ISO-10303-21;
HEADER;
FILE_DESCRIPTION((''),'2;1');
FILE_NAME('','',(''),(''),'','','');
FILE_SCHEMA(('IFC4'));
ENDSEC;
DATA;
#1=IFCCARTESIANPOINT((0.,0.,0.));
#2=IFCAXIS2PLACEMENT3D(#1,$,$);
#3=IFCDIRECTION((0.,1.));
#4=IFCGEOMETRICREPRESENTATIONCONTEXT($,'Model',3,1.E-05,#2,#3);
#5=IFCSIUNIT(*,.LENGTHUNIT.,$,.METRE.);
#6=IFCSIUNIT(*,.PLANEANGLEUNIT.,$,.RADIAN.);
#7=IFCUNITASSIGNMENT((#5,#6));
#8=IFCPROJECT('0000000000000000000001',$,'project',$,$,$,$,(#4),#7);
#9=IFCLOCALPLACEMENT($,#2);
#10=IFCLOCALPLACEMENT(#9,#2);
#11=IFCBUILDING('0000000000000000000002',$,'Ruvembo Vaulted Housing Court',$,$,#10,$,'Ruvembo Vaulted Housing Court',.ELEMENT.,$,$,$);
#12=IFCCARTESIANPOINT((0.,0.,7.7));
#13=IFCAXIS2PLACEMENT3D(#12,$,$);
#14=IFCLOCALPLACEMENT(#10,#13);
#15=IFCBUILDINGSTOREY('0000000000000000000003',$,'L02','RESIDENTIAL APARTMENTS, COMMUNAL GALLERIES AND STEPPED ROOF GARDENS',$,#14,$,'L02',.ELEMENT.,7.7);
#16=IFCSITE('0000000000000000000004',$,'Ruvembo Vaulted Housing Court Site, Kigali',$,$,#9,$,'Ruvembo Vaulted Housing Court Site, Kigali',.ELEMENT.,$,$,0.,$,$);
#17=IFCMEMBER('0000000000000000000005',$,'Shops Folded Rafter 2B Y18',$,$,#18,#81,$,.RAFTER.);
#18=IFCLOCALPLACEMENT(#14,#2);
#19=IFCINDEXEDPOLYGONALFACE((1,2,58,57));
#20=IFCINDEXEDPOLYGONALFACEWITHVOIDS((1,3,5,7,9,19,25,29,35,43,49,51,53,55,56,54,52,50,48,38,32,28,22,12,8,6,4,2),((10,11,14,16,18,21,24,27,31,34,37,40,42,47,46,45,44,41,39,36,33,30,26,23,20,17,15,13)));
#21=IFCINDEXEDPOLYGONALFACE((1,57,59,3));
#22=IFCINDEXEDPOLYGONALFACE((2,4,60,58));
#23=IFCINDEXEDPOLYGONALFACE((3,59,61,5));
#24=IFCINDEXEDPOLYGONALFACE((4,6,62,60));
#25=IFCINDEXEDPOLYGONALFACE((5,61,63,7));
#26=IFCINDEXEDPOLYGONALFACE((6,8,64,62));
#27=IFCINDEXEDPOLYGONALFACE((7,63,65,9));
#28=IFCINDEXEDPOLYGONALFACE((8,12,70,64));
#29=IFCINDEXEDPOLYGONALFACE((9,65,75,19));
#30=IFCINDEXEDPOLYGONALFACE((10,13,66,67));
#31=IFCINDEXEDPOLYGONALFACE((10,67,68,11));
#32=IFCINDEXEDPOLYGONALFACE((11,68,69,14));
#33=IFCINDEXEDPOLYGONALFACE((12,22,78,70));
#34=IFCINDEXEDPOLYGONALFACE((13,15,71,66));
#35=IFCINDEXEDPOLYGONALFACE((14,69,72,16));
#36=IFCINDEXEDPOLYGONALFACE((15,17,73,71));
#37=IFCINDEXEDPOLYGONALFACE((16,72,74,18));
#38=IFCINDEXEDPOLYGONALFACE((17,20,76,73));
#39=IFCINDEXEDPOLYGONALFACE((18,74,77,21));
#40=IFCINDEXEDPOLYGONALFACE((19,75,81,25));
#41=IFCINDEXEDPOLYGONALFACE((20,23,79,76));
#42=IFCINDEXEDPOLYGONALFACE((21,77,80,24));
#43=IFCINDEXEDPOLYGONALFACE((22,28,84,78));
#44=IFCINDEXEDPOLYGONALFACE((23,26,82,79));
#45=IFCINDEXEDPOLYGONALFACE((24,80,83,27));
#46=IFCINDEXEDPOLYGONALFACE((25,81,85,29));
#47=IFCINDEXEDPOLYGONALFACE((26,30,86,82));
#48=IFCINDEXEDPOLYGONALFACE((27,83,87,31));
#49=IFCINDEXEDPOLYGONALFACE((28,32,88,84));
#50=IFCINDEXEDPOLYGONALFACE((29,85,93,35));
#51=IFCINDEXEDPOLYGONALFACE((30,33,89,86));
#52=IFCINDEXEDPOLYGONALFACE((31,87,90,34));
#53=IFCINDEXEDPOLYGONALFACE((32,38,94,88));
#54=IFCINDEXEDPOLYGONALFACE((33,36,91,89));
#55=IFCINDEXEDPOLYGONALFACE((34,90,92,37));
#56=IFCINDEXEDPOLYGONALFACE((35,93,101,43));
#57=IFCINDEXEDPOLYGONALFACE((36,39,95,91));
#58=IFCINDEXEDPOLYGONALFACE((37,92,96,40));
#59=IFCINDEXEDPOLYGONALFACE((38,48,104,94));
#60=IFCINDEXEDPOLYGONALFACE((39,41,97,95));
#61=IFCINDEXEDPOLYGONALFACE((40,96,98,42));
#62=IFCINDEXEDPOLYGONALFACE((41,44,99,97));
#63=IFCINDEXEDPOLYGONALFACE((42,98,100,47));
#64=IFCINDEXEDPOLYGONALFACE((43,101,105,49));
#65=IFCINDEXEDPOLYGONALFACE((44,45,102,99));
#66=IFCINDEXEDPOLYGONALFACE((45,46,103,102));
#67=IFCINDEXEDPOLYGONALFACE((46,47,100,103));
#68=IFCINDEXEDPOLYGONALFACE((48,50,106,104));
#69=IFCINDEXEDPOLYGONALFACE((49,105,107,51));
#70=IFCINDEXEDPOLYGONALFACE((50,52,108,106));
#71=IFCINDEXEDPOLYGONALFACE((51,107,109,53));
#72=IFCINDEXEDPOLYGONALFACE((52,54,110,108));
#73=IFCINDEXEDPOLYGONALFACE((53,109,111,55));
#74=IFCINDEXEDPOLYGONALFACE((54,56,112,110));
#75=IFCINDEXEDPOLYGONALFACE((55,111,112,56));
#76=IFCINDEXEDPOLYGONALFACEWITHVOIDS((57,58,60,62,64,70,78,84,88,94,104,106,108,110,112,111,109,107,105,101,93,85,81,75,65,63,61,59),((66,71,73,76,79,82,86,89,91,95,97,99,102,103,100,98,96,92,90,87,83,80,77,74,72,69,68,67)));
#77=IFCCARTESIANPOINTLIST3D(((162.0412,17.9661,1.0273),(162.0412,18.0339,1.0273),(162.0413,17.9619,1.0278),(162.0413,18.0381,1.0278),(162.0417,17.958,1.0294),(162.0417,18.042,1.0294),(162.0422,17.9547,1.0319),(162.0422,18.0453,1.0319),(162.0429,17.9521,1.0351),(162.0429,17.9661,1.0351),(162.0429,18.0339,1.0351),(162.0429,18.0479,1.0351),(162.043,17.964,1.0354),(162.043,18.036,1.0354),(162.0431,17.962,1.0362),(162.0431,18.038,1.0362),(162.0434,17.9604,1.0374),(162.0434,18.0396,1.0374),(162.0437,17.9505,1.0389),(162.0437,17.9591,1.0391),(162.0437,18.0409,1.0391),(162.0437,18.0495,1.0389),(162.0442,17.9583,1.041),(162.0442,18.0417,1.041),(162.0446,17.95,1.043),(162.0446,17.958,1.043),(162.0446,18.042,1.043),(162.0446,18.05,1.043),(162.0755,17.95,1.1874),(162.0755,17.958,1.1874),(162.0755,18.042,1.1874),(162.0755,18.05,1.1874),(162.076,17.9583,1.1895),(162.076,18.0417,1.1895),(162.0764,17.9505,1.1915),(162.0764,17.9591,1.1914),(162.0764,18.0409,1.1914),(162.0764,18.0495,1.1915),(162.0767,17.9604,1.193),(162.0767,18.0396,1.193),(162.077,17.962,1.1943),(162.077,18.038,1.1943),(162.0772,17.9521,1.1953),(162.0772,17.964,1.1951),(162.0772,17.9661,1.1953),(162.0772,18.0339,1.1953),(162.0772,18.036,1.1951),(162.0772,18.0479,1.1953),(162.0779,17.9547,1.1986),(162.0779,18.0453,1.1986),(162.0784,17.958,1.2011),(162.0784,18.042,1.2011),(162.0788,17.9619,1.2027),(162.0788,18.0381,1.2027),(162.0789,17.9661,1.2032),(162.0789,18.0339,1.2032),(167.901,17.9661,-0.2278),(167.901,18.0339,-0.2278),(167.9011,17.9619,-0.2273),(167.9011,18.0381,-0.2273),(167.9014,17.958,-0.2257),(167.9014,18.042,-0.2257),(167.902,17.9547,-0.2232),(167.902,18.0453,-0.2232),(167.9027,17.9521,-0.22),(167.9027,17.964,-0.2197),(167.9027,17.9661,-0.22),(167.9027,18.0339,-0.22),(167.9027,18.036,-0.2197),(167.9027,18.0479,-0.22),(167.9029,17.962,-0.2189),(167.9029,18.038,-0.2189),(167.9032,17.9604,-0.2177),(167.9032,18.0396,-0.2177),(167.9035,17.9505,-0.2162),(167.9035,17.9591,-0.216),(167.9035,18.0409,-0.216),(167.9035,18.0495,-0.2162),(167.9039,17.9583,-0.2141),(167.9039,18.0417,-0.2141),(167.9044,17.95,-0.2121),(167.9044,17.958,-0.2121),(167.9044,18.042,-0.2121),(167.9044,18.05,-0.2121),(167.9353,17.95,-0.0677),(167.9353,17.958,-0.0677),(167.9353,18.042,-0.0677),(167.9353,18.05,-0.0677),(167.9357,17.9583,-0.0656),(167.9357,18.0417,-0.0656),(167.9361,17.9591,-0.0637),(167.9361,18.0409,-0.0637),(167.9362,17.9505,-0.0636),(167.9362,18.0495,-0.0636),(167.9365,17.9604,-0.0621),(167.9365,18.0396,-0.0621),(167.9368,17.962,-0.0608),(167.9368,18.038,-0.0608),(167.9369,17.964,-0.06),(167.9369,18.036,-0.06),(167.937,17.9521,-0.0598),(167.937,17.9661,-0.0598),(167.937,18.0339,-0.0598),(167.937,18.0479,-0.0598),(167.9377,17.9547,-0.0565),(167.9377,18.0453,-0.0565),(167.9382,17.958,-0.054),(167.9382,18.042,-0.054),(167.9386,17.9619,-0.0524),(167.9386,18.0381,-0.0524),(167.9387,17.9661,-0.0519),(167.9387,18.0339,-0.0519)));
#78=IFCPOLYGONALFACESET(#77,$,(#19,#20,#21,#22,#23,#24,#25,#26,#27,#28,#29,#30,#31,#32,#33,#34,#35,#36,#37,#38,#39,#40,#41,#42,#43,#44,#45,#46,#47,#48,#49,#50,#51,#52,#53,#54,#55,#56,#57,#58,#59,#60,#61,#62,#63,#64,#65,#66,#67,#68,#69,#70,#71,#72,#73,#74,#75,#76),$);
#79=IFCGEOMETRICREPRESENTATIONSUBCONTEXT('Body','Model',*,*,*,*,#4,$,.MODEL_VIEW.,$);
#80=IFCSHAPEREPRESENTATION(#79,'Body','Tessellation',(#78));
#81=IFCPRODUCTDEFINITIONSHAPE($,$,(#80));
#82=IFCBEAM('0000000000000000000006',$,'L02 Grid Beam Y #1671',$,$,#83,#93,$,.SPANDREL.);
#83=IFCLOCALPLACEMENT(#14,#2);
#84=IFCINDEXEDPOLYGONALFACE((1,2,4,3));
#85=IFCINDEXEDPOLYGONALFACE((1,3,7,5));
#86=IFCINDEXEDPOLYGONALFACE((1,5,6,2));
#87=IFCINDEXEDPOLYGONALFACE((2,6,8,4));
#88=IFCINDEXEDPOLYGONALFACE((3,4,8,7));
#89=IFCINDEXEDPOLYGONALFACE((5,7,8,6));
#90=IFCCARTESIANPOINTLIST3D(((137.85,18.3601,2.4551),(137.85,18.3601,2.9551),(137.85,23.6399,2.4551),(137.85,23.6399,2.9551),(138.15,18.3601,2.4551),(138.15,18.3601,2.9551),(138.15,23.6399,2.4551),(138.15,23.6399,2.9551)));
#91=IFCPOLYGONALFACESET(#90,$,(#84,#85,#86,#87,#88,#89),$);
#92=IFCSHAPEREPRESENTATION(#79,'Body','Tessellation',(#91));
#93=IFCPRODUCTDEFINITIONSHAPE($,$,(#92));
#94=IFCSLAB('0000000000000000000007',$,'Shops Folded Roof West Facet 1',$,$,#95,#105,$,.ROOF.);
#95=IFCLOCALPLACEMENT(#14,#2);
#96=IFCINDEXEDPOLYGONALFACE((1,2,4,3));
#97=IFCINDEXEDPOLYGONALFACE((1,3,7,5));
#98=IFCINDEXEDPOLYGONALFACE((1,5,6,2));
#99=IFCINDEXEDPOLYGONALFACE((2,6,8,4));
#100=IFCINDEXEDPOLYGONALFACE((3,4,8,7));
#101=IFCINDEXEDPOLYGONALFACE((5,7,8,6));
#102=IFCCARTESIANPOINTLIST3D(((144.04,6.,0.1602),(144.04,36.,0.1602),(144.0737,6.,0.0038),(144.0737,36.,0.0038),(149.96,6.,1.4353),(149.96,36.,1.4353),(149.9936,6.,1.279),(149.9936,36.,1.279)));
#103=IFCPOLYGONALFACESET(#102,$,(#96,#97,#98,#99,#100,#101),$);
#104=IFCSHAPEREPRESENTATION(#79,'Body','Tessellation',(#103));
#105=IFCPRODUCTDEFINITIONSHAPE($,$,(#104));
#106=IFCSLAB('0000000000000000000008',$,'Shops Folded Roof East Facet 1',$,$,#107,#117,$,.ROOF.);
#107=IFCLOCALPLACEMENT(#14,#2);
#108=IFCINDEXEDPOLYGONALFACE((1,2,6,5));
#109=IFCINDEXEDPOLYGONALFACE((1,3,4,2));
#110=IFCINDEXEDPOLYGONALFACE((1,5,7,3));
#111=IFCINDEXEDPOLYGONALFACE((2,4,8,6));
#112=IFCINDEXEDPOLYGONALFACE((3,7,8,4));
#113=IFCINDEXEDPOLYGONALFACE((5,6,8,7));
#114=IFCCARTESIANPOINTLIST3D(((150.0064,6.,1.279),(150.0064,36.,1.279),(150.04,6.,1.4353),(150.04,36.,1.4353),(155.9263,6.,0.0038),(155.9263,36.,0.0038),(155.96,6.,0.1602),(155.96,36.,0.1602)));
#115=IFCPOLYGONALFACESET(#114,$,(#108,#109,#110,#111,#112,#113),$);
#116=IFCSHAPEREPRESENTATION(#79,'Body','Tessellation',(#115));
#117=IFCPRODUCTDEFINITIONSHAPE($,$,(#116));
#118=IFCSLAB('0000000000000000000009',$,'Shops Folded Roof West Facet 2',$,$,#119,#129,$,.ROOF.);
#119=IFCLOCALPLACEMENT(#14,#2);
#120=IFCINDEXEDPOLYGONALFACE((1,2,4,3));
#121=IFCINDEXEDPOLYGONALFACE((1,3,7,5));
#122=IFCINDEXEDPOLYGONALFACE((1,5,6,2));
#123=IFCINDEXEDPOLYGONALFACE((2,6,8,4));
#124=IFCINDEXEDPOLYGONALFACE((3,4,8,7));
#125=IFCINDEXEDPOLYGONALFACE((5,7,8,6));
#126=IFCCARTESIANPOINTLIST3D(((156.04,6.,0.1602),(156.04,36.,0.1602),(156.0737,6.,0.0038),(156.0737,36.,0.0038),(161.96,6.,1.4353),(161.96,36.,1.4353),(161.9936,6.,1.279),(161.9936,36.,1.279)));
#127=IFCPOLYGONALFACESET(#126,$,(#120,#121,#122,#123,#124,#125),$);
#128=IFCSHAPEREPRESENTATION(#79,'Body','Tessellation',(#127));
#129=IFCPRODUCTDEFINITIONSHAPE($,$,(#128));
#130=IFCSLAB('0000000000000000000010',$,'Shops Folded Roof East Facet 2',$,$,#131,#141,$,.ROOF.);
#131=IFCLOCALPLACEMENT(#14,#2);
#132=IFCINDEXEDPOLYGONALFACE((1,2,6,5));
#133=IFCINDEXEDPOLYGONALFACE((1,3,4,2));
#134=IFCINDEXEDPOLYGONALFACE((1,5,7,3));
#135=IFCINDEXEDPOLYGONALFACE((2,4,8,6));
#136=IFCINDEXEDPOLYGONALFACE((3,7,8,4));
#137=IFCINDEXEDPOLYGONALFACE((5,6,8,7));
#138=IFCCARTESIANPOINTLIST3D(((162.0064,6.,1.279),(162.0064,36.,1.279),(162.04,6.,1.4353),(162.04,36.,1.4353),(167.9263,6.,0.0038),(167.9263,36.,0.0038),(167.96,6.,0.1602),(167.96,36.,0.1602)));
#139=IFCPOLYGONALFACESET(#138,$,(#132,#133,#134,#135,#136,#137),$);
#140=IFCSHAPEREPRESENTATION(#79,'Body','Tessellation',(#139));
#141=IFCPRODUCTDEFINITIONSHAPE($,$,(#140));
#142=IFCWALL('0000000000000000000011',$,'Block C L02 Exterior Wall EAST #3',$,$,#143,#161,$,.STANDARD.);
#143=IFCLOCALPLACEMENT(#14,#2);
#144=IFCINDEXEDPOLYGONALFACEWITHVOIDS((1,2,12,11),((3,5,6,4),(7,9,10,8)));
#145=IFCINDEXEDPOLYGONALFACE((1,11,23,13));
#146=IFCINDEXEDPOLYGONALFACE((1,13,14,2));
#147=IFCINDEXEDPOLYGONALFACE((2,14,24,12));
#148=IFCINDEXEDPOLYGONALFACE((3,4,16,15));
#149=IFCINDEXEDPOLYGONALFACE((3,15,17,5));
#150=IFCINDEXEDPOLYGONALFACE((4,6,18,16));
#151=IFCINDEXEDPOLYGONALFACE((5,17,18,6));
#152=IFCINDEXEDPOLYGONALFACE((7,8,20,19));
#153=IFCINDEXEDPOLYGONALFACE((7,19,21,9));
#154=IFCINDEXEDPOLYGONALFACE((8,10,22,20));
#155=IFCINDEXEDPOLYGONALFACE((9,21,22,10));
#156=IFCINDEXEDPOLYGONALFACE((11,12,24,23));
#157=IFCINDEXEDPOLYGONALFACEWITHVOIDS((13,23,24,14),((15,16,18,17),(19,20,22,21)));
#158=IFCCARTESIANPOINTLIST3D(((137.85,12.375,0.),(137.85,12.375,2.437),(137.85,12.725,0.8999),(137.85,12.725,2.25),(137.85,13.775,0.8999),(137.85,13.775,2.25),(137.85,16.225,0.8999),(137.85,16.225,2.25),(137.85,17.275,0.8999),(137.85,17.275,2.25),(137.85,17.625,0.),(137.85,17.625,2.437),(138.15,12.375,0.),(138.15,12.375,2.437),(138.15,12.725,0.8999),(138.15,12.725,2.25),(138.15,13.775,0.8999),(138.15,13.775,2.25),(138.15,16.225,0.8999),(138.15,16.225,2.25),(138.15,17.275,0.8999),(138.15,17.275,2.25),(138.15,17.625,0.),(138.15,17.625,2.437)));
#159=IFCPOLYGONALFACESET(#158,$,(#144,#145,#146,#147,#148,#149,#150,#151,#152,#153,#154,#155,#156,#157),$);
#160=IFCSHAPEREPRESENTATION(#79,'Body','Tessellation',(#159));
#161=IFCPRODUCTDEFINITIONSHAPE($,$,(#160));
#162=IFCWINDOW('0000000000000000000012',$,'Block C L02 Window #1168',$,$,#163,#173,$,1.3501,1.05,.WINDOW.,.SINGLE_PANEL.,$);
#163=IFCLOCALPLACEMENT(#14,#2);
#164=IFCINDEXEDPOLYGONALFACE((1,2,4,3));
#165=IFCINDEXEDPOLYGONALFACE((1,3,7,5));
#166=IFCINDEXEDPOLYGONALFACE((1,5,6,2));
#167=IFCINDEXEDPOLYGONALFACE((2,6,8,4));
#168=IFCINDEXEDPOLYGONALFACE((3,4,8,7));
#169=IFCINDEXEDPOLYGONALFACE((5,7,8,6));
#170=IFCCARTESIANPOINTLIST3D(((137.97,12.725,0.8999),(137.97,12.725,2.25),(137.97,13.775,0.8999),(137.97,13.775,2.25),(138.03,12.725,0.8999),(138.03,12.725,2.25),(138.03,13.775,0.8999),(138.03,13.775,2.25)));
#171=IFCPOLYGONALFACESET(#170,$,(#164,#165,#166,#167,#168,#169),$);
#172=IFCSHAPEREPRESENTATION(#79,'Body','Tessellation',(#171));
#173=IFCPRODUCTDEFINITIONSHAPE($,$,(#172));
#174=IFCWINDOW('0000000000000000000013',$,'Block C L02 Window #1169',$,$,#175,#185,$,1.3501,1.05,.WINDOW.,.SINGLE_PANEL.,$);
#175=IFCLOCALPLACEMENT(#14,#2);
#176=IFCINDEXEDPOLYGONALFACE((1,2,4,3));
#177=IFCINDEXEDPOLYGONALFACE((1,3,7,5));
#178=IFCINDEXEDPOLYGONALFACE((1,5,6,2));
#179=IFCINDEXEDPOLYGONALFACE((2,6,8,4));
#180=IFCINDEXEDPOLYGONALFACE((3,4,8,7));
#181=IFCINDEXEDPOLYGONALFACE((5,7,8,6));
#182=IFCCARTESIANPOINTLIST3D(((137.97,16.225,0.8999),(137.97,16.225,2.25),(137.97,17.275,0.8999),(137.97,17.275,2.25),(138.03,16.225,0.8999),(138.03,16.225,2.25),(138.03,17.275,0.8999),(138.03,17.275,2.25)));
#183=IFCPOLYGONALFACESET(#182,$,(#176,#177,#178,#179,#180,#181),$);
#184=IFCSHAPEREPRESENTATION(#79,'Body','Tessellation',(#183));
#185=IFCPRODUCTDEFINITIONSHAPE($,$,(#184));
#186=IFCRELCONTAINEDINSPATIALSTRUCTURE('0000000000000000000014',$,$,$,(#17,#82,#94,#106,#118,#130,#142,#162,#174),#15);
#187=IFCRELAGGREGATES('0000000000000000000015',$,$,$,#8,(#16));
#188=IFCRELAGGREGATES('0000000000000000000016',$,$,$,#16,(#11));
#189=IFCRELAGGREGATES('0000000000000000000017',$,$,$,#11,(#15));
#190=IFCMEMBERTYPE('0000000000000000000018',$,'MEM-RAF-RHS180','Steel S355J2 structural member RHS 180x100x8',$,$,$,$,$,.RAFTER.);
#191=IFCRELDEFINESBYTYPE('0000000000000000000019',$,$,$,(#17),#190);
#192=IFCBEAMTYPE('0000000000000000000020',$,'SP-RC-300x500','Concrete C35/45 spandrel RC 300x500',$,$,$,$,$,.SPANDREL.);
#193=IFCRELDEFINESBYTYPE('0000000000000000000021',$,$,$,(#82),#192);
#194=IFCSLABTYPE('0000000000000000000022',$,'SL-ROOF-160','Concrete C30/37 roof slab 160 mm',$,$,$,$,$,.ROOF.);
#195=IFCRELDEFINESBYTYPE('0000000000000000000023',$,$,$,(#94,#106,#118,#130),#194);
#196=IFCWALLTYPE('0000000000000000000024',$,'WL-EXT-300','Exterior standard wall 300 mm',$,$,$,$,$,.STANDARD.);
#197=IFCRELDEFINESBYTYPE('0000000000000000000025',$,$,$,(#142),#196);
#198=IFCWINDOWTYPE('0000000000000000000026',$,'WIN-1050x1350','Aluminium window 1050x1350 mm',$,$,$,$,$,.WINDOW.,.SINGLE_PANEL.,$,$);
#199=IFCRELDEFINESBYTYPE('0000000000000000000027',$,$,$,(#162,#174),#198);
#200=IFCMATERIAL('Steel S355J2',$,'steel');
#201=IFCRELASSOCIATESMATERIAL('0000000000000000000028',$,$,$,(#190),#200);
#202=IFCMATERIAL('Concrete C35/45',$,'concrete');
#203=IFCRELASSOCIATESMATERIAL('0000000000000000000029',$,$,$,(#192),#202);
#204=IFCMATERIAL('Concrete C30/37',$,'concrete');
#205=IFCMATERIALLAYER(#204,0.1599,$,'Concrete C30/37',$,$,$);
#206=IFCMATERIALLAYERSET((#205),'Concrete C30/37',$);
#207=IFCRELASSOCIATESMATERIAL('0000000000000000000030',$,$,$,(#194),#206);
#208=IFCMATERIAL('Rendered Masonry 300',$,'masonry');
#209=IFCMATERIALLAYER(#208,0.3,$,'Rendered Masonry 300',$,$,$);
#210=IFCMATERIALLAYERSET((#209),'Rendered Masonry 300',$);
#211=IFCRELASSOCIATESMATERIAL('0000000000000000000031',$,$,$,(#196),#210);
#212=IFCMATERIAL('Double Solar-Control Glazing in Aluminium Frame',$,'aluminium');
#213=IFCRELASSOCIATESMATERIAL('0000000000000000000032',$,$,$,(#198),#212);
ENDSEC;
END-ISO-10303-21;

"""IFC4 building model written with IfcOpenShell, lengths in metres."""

from ifc_helpers import new_model, si_unit, direction, frame, frame_2d, origin, origin_2d, place, context, subcontext, project, spatial, polyline, rectangle, hollow_rectangle, outline, extrude, material, layer, layer_set, material_profile, profile_set, type_object, element, fill, save


model = new_model("IFC4")

# Units and contexts
model_context = context("Model", 3, precision=1e-05, world=origin(), true_north=direction((0.0, 1.0)))
body_context = subcontext(model_context, "Body", "Model", "MODEL_VIEW")
ifc_project = project(units=[si_unit("LENGTHUNIT", "METRE"), si_unit("PLANEANGLEUNIT", "RADIAN")], contexts=[model_context])

# Site, building, storey
site_placement = place(None, origin())
site = spatial("IfcSite", under=ifc_project, at=site_placement, Name="Ruvembo Vaulted Housing Court Site, Kigali", LongName="Ruvembo Vaulted Housing Court Site, Kigali", CompositionType="ELEMENT", RefElevation=0.0)
building_placement = place(site_placement, origin())
building = spatial("IfcBuilding", under=site, at=building_placement, Name="Ruvembo Vaulted Housing Court", LongName="Ruvembo Vaulted Housing Court", CompositionType="ELEMENT")
storey_placement = place(building_placement, frame((0.0, 0.0, 7.7)))
storey = spatial("IfcBuildingStorey", under=building, at=storey_placement, Name="L02", Description="RESIDENTIAL APARTMENTS, COMMUNAL GALLERIES AND STEPPED ROOF GARDENS", LongName="L02", CompositionType="ELEMENT", Elevation=7.7)

# Shared definitions
ifc_material_1 = material(Name="Steel S355J2", Category="steel")

# Member
ifc_material_profile_1 = material_profile(ifc_material_1, hollow_rectangle(XDim=0.1001, YDim=0.1799, WallThickness=0.0081, InnerFilletRadius=0.0081, OuterFilletRadius=0.0161, at=origin_2d()), Name="RHS 180x100x8")
ifc_profile_set_1 = profile_set([ifc_material_profile_1], Name="Steel S355J2")
member_type = type_object("IfcMemberType", Name="MEM-RAF-RHS180", Description="Steel S355J2 structural member RHS 180x100x8", PredefinedType="RAFTER", material=ifc_profile_set_1)
for number, where, z_axis, x_axis, name in (
    (1, (162.0601, 18.0, 1.1152), (0.977821, 0.0, -0.20944), (0.0, 1.0, 0.0), "Shops Folded Rafter 2B Y18"),
):
    element("IfcMember", number, at=place(storey_placement, frame(where, z_axis=z_axis, x_axis=x_axis)), inside=storey, type_object=member_type, Name=name, PredefinedType="RAFTER", context=body_context, shape_type="SweptSolid", body=[
        extrude(hollow_rectangle(XDim=0.1001, YDim=0.1799, WallThickness=0.0081, InnerFilletRadius=0.0081, OuterFilletRadius=0.0161, at=origin_2d()), origin(), (0.0, 0.0, 1.0), 5.9927),
    ])

# Beam
ifc_material_2 = material(Name="Concrete C35/45", Category="concrete")
ifc_material_profile_2 = material_profile(ifc_material_2, rectangle(XDim=0.3, YDim=0.5, at=origin_2d()), Name="RC 300x500")
ifc_profile_set_2 = profile_set([ifc_material_profile_2], Name="Concrete C35/45")
beam_type_1 = type_object("IfcBeamType", Name="SP-RC-300x500", Description="Concrete C35/45 spandrel RC 300x500", PredefinedType="SPANDREL", material=ifc_profile_set_2)
beam_placement = place(storey_placement, frame((138.0, 18.3601, 2.7051), z_axis=(0.0, 1.0, 0.0), x_axis=(-1.0, 0.0, 0.0)))
element("IfcBeam", 2, at=beam_placement, inside=storey, type_object=beam_type_1, Name="L02 Grid Beam Y #1671", PredefinedType="SPANDREL", context=body_context, shape_type="SweptSolid", body=[
    extrude(rectangle(XDim=0.3, YDim=0.5, at=origin_2d()), origin(), (0.0, 0.0, 1.0), 5.2798),
])

# Slabs
ifc_material_3 = material(Name="Concrete C30/37", Category="concrete")
ifc_layer_1 = layer(ifc_material_3, 0.1599, Name="Concrete C30/37")
ifc_layer_set_1 = layer_set([ifc_layer_1], Name="Concrete C30/37")
slab_type = type_object("IfcSlabType", Name="SL-ROOF-160", Description="Concrete C30/37 roof slab 160 mm", PredefinedType="ROOF", material=ifc_layer_set_1)
for number, where, z_axis, x_axis, name in (
    (3, (144.04, 6.0, 0.1602), (-0.21057, 0.0, 0.977579), (0.977579, 0.0, 0.21057), "Shops Folded Roof West Facet 1"),
    (4, (150.04, 6.0, 1.4353), (0.21057, 0.0, 0.977579), (0.977579, 0.0, -0.21057), "Shops Folded Roof East Facet 1"),
    (5, (156.04, 6.0, 0.1602), (-0.21057, 0.0, 0.977579), (0.977579, 0.0, 0.21057), "Shops Folded Roof West Facet 2"),
    (6, (162.04, 6.0, 1.4353), (0.21057, 0.0, 0.977579), (0.977579, 0.0, -0.21057), "Shops Folded Roof East Facet 2"),
):
    element("IfcSlab", number, at=place(storey_placement, frame(where, z_axis=z_axis, x_axis=x_axis)), inside=storey, type_object=slab_type, Name=name, PredefinedType="ROOF", context=body_context, shape_type="SweptSolid", body=[
        extrude(outline(polyline([(0.0, 0.0), (6.0557, 0.0), (6.0557, 30.0), (0.0, 30.0), (0.0, 0.0)])), origin(), (0.0, 0.0, -1.0), 0.1599),
    ])

# Wall, openings, windows
ifc_material_4 = material(Name="Rendered Masonry 300", Category="masonry")
ifc_layer_2 = layer(ifc_material_4, 0.3, Name="Rendered Masonry 300")
ifc_layer_set_2 = layer_set([ifc_layer_2], Name="Rendered Masonry 300")
wall_type = type_object("IfcWallType", Name="WL-EXT-300", Description="Exterior standard wall 300 mm", PredefinedType="STANDARD", material=ifc_layer_set_2)
wall_1_placement = place(storey_placement, frame((138.0, 12.375, 0.0), z_axis=(0.0, 0.0, 1.0), x_axis=(0.0, 1.0, 0.0)))
wall_1 = element("IfcWall", 7, at=wall_1_placement, inside=storey, type_object=wall_type, Name="Block C L02 Exterior Wall EAST #3", PredefinedType="STANDARD", context=body_context, shape_type="SweptSolid", body=[
    extrude(rectangle(XDim=5.25, YDim=0.3, at=frame_2d((2.625, 0.0))), origin(), (0.0, 0.0, 1.0), 2.437),
])
opening_1_placement = place(wall_1_placement, frame((0.3501, 0.0, 0.8999)))
opening_1 = element("IfcOpeningElement", 8, at=opening_1_placement, cuts=wall_1, PredefinedType="OPENING", context=body_context, shape_type="SweptSolid", body=[
    extrude(rectangle(XDim=1.05, YDim=1.3501, at=frame_2d((0.5249, 0.675))), frame((0.0, 0.1599, 0.0), z_axis=(0.0, -1.0, 0.0), x_axis=(1.0, 0.0, 0.0)), (0.0, 0.0, 1.0), 0.3201),
])
opening_2_placement = place(wall_1_placement, frame((3.8501, 0.0, 0.8999)))
opening_2 = element("IfcOpeningElement", 9, at=opening_2_placement, cuts=wall_1, PredefinedType="OPENING", context=body_context, shape_type="SweptSolid", body=[
    extrude(rectangle(XDim=1.05, YDim=1.3501, at=frame_2d((0.5249, 0.675))), frame((0.0, 0.1599, 0.0), z_axis=(0.0, -1.0, 0.0), x_axis=(1.0, 0.0, 0.0)), (0.0, 0.0, 1.0), 0.3201),
])
ifc_material_5 = material(Name="Double Solar-Control Glazing in Aluminium Frame", Category="aluminium")
window_type_1 = type_object("IfcWindowType", Name="WIN-1050x1350", Description="Aluminium window 1050x1350 mm", PartitioningType="SINGLE_PANEL", PredefinedType="WINDOW", material=ifc_material_5)
window_1_placement = place(opening_1_placement, origin())
window_1 = element("IfcWindow", 10, at=window_1_placement, inside=storey, type_object=window_type_1, Name="Block C L02 Window #1168", OverallHeight=1.3501, OverallWidth=1.05, PartitioningType="SINGLE_PANEL", PredefinedType="WINDOW", context=body_context, shape_type="SweptSolid", body=[
    extrude(rectangle(XDim=1.05, YDim=1.3501, at=frame_2d((0.5249, 0.675))), frame((0.0, 0.03, 0.0), z_axis=(0.0, -1.0, 0.0), x_axis=(1.0, 0.0, 0.0)), (0.0, 0.0, 1.0), 0.0601),
])
fill(opening_1, window_1)
window_2_placement = place(opening_2_placement, origin())
window_2 = element("IfcWindow", 11, at=window_2_placement, inside=storey, type_object=window_type_1, Name="Block C L02 Window #1169", OverallHeight=1.3501, OverallWidth=1.05, PartitioningType="SINGLE_PANEL", PredefinedType="WINDOW", context=body_context, shape_type="SweptSolid", body=[
    extrude(rectangle(XDim=1.05, YDim=1.3501, at=frame_2d((0.5249, 0.675))), frame((0.0, 0.03, 0.0), z_axis=(0.0, -1.0, 0.0), x_axis=(1.0, 0.0, 0.0)), (0.0, 0.0, 1.0), 0.0601),
])
fill(opening_2, window_2)

save(model, "model.ifc")
